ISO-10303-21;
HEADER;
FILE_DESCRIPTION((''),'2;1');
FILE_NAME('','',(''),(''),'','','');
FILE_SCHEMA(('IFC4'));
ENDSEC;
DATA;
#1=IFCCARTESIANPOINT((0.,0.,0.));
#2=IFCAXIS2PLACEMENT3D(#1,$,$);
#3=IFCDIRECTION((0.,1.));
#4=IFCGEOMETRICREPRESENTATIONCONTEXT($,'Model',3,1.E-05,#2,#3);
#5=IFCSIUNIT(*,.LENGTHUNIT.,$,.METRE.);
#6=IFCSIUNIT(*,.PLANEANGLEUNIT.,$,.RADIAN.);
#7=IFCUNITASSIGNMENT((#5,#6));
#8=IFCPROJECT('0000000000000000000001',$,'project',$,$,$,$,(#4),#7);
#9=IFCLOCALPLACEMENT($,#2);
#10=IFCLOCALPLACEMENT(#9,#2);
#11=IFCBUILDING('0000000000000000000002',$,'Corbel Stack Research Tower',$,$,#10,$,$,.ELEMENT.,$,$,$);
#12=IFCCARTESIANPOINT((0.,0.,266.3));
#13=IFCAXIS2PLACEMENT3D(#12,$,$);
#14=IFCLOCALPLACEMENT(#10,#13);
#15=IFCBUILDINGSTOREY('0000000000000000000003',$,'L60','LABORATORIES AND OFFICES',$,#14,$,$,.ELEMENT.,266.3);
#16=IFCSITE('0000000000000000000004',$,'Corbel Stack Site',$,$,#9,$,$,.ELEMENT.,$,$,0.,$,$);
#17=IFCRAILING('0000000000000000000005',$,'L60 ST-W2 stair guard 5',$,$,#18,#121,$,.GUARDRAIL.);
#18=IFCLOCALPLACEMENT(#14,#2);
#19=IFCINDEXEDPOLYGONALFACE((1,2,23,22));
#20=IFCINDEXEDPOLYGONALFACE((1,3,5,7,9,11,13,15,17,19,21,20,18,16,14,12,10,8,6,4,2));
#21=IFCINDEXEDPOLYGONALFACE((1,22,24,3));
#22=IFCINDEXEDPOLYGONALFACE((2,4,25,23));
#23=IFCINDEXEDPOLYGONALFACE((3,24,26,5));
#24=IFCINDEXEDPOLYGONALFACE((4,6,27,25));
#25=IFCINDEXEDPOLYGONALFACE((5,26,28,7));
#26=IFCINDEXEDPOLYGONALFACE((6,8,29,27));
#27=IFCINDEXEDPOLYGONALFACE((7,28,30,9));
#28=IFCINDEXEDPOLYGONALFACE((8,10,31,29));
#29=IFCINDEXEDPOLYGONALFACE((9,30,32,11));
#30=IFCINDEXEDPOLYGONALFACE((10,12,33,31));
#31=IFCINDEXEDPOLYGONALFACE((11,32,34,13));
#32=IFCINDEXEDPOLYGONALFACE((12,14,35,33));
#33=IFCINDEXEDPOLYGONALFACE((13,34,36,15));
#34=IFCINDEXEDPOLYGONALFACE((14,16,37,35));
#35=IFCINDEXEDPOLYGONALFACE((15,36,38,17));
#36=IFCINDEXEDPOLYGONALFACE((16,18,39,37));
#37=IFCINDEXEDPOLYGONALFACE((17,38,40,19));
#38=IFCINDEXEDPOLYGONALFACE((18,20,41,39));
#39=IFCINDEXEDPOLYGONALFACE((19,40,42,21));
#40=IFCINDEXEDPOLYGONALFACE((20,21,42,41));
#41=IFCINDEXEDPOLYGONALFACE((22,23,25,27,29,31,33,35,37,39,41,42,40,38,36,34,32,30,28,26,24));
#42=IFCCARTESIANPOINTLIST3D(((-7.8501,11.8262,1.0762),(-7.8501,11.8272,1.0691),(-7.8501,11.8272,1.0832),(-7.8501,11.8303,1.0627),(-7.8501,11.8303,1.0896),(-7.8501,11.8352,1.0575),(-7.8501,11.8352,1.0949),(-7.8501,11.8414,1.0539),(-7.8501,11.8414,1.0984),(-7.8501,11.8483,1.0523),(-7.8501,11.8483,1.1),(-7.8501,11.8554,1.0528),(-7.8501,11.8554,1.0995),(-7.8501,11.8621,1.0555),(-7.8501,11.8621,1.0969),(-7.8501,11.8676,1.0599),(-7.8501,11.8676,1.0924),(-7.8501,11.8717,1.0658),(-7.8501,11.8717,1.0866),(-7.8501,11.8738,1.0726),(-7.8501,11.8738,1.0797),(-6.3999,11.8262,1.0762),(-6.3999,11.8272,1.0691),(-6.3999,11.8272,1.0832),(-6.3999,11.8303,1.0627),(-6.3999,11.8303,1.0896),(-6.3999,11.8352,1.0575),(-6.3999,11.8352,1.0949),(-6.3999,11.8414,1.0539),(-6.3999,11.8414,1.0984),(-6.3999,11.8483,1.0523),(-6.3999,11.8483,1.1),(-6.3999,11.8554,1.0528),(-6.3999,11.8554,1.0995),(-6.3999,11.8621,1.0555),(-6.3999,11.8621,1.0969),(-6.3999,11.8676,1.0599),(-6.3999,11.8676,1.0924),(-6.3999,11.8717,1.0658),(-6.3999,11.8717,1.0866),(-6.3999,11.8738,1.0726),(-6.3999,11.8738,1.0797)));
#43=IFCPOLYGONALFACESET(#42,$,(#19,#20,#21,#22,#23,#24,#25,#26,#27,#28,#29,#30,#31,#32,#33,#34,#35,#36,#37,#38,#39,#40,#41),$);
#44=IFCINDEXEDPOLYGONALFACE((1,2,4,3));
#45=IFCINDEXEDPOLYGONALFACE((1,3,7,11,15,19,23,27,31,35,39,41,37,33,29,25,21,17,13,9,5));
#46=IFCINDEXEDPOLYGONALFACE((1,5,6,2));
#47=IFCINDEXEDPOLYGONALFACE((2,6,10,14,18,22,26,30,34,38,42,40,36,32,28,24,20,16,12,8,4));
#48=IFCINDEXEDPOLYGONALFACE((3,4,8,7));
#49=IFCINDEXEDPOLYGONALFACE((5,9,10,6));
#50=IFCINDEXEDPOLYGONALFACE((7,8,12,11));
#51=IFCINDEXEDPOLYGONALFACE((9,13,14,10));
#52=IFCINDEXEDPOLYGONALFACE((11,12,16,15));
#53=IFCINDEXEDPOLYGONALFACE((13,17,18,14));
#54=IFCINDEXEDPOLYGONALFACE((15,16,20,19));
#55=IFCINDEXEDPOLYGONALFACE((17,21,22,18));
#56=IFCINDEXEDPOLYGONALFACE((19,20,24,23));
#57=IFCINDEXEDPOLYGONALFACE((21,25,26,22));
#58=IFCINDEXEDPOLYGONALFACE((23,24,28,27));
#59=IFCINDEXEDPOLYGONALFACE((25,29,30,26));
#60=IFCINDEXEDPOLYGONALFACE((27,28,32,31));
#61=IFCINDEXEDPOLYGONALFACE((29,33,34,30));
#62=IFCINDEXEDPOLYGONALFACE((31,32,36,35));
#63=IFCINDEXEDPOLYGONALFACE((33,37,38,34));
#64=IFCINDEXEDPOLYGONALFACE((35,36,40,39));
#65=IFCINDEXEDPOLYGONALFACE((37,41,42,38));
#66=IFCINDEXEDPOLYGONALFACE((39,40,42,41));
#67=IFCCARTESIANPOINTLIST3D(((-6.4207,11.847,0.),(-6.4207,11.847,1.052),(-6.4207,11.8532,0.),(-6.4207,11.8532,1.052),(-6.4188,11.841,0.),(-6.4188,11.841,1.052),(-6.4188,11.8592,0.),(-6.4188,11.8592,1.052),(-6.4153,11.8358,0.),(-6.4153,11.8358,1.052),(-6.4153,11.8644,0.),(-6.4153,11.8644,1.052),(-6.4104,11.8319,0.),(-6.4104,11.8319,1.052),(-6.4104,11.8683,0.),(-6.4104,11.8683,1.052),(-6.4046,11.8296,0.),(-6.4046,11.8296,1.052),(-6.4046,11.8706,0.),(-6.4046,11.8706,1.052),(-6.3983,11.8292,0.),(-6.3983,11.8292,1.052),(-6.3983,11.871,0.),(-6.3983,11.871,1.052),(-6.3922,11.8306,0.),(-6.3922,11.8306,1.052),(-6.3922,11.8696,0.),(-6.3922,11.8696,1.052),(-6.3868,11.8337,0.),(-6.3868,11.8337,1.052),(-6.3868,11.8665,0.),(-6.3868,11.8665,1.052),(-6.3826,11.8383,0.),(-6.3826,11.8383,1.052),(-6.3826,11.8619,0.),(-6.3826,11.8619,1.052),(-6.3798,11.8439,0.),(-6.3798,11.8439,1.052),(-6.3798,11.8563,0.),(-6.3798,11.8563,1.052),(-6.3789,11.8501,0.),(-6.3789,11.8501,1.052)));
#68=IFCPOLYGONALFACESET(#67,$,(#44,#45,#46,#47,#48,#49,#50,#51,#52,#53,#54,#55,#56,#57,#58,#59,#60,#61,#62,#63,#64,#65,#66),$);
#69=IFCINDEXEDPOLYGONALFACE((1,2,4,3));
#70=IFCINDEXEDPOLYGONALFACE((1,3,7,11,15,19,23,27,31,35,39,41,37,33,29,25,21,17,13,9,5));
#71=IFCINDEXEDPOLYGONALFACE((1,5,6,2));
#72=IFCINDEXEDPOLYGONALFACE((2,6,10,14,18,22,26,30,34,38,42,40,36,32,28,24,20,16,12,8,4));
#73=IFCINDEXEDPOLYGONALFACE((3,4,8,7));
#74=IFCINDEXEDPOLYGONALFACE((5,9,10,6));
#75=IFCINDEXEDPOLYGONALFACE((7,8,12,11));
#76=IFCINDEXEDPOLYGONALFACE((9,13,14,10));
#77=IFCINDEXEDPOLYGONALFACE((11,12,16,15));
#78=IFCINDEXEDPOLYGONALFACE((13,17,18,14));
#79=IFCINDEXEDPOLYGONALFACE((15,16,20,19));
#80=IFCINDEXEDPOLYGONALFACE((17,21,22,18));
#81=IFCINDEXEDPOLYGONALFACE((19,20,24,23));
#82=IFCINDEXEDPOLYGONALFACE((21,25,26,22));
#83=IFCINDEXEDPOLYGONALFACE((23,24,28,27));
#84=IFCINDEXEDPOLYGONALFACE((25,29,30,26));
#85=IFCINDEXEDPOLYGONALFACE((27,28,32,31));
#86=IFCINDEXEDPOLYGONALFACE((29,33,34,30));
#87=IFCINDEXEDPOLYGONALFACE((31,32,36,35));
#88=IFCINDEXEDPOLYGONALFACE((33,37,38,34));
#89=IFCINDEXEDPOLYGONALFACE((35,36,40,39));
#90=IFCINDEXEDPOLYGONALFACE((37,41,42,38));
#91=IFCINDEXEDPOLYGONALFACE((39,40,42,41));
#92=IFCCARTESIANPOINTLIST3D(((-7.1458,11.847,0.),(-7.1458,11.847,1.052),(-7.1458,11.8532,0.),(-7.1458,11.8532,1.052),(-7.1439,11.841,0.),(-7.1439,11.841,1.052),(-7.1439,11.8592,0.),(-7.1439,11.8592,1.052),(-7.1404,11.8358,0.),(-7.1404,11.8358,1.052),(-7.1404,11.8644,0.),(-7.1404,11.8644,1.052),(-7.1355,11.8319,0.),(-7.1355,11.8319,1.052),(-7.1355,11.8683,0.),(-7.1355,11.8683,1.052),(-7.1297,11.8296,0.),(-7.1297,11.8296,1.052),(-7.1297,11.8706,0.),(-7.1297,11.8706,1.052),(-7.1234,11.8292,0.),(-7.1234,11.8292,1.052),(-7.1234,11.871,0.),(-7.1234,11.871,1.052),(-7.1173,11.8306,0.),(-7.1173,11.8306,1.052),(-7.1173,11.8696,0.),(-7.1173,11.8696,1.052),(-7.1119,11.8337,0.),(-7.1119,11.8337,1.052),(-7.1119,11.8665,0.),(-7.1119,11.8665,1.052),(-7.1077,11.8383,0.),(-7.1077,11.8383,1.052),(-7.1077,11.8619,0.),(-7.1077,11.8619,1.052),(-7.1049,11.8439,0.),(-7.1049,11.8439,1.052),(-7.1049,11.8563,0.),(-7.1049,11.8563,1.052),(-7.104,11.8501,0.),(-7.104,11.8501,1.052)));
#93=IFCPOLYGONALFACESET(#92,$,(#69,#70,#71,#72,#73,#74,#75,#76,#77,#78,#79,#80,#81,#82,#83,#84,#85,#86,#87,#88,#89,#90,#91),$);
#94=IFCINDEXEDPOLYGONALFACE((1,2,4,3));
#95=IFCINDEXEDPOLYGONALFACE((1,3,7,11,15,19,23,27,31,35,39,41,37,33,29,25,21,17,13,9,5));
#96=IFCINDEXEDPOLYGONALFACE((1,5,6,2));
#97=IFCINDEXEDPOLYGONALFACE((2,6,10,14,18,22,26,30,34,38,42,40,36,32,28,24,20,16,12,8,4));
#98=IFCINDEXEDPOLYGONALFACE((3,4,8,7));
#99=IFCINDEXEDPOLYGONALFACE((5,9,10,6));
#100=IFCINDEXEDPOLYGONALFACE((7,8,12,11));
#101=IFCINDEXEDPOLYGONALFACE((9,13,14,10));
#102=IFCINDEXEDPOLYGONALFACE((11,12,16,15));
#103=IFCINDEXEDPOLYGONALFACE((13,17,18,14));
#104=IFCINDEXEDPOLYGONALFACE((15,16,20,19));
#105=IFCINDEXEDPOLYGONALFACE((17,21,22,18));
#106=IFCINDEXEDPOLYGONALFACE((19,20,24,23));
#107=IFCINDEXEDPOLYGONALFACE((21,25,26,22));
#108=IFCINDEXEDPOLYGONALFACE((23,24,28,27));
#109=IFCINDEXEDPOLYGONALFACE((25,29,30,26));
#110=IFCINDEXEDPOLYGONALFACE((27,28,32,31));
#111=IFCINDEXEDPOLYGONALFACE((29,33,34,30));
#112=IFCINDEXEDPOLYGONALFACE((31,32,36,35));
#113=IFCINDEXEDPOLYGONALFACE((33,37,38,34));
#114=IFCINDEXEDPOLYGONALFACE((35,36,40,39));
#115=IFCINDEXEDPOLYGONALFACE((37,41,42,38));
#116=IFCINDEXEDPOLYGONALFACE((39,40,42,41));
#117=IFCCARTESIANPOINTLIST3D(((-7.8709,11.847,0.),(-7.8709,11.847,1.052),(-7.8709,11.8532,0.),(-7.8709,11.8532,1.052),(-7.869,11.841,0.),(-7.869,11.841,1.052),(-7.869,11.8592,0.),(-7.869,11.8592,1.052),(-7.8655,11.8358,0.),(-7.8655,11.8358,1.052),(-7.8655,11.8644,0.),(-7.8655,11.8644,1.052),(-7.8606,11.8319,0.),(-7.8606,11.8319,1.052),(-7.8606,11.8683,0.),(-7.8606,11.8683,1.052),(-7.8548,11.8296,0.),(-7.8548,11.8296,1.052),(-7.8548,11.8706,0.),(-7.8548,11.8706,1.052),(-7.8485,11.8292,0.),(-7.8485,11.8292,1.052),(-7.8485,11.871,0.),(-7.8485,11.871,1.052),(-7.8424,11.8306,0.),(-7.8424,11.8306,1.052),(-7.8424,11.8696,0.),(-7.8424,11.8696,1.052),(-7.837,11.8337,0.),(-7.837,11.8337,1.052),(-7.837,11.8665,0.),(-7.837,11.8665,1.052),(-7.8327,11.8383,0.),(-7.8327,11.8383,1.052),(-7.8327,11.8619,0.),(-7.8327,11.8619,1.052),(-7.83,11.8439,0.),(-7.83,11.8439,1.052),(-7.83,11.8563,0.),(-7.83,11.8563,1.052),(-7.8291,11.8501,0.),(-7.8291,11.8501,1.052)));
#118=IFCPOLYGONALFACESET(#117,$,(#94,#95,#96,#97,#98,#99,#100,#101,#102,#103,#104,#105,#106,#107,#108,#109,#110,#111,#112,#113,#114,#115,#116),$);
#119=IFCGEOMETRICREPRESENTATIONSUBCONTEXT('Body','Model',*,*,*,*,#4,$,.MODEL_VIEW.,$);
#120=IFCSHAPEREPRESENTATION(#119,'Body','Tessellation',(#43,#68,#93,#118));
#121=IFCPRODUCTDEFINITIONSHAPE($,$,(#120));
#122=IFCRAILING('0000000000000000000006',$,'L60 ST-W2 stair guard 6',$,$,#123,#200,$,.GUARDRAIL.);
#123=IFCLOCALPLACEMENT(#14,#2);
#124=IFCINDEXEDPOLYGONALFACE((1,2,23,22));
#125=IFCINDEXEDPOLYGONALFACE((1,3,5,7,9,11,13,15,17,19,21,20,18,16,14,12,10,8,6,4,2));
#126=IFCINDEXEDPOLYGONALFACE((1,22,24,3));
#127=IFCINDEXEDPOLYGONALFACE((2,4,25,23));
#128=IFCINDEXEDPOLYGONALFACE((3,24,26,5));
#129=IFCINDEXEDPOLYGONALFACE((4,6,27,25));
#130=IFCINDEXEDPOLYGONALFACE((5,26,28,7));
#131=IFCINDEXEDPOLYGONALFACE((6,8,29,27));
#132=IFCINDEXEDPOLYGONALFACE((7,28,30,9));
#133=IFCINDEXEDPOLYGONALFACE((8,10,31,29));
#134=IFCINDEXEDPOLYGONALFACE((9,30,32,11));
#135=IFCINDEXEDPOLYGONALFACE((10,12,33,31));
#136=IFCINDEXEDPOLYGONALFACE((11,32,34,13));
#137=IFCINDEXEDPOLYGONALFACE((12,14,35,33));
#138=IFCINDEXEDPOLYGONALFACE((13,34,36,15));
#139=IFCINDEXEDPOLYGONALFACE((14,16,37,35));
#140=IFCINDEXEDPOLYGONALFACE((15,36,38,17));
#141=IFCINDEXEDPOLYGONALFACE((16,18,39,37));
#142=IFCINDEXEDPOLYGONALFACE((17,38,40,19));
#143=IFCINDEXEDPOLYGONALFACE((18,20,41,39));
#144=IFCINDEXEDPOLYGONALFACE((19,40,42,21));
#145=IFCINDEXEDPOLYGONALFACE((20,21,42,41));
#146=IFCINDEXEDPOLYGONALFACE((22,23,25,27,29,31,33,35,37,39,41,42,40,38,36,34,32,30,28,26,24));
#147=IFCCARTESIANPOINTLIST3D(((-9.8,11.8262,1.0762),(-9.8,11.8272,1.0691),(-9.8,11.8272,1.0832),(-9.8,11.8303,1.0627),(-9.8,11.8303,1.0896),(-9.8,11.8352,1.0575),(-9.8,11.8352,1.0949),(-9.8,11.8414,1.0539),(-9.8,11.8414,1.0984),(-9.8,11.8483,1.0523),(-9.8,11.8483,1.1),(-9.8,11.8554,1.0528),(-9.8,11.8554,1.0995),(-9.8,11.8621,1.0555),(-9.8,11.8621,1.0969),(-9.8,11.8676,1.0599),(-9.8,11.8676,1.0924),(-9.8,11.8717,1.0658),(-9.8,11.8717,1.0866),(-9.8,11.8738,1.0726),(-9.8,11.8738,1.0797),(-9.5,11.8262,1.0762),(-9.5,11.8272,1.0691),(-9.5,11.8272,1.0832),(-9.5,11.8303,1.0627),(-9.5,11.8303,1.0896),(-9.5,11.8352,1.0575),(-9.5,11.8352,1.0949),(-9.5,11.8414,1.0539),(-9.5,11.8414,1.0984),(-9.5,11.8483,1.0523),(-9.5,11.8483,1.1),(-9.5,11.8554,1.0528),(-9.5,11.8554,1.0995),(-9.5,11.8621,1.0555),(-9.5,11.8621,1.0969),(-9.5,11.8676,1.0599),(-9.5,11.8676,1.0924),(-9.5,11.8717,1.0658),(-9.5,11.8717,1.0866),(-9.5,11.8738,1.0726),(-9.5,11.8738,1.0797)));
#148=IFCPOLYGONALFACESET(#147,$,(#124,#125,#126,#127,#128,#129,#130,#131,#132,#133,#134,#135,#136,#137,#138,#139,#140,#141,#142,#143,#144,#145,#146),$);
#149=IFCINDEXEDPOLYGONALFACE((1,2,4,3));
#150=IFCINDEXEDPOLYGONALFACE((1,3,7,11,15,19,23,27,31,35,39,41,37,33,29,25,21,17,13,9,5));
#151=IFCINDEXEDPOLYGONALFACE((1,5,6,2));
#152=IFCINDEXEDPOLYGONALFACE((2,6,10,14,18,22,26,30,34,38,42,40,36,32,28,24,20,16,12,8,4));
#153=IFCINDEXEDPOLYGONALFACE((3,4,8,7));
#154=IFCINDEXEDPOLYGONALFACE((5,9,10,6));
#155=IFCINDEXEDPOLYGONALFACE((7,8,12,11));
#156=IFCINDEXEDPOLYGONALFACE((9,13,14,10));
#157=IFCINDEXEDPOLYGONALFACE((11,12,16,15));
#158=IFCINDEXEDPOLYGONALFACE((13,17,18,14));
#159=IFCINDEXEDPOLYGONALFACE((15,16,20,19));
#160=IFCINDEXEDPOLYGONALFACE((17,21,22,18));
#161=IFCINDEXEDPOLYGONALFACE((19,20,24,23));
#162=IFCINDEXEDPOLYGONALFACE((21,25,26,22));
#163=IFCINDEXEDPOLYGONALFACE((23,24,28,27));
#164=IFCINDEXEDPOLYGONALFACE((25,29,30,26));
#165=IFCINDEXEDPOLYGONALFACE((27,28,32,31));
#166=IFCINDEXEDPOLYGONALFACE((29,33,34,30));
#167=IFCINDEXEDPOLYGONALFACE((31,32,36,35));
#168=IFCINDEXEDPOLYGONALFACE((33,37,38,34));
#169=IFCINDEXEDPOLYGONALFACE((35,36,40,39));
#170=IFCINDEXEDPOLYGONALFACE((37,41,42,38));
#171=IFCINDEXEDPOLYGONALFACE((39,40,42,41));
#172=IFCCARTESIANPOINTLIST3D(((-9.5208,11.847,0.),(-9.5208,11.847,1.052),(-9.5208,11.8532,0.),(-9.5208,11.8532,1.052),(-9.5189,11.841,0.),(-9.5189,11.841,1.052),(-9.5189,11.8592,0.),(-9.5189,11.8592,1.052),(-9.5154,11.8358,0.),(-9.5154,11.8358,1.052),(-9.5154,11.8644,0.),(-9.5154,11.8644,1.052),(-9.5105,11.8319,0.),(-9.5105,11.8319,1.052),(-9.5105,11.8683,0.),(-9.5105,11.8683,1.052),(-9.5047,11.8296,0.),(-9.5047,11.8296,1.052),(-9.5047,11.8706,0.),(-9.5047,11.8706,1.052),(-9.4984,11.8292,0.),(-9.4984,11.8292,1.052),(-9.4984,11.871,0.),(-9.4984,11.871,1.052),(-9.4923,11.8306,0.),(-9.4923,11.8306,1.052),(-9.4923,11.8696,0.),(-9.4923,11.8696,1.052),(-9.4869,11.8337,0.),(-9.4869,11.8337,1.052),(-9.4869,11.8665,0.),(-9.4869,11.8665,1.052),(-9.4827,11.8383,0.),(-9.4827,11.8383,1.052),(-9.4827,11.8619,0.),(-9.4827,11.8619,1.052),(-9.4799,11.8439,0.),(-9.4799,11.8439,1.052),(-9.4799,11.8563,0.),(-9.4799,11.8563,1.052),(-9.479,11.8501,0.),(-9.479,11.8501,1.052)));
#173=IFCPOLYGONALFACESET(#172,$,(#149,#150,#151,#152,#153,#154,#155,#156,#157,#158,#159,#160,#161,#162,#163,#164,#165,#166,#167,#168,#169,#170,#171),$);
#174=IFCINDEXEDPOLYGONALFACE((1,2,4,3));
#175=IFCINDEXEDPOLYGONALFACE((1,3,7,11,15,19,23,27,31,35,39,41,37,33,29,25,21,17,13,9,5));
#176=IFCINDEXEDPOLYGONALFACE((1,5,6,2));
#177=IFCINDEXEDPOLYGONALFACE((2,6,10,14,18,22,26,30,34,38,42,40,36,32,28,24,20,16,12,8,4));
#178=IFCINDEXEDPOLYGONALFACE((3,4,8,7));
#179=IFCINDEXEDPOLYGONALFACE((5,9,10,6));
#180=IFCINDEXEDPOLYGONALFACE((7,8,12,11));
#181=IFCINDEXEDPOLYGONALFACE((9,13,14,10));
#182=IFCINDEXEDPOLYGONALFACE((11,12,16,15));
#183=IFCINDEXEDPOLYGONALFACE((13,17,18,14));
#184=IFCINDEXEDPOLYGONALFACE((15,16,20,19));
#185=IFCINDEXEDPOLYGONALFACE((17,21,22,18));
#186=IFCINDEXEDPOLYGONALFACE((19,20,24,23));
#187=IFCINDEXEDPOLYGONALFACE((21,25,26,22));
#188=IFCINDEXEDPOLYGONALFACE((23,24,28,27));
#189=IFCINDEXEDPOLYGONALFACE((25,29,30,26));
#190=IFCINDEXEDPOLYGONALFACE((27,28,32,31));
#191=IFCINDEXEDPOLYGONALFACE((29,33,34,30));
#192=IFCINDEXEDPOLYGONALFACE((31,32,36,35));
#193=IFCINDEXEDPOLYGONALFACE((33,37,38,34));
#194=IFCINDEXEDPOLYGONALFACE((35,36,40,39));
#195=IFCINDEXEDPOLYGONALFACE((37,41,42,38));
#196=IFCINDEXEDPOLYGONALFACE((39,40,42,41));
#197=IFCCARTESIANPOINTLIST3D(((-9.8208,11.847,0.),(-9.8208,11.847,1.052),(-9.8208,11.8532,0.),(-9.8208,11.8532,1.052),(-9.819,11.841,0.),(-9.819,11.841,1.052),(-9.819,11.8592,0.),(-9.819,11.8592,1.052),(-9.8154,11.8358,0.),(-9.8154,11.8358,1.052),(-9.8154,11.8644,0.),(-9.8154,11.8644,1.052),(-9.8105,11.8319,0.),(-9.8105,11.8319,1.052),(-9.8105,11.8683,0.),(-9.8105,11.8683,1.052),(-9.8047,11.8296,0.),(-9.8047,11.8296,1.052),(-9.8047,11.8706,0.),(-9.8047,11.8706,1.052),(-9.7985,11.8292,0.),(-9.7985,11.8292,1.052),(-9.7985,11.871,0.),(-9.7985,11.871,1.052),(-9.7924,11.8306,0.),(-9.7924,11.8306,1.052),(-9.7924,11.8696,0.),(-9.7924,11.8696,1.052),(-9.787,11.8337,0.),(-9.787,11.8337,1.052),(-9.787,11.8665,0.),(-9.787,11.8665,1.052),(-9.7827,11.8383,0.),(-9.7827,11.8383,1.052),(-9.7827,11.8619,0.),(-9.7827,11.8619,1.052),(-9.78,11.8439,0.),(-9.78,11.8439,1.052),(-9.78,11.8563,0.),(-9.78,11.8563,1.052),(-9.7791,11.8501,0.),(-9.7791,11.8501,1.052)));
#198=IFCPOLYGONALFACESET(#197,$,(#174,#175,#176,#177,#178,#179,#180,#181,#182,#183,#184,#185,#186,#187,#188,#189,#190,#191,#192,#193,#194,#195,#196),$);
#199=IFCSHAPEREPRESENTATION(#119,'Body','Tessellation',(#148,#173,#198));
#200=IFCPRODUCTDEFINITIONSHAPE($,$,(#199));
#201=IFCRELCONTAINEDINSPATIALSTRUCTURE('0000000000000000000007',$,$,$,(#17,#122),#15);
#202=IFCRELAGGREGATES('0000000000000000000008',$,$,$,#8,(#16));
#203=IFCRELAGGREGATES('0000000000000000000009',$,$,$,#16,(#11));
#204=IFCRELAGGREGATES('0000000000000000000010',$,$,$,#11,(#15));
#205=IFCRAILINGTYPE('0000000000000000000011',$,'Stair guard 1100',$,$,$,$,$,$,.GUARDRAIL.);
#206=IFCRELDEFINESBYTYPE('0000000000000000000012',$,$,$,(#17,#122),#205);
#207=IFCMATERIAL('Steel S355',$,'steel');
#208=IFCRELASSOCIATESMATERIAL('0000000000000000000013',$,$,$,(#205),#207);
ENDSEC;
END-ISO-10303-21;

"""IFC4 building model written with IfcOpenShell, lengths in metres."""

from ifc_helpers import new_model, si_unit, direction, frame, origin, origin_2d, place, context, subcontext, project, spatial, circle, extrude, material, type_object, element, save


model = new_model("IFC4")

# Units and contexts
model_context = context("Model", 3, precision=1e-05, world=origin(), true_north=direction((0.0, 1.0)))
body_context = subcontext(model_context, "Body", "Model", "MODEL_VIEW")
ifc_project = project(units=[si_unit("LENGTHUNIT", "METRE"), si_unit("PLANEANGLEUNIT", "RADIAN")], contexts=[model_context])

# Site, building, storey
site_placement = place(None, origin())
site = spatial("IfcSite", under=ifc_project, at=site_placement, Name="Corbel Stack Site", CompositionType="ELEMENT", RefElevation=0.0)
building_placement = place(site_placement, origin())
building = spatial("IfcBuilding", under=site, at=building_placement, Name="Corbel Stack Research Tower", CompositionType="ELEMENT")
storey_placement = place(building_placement, frame((0.0, 0.0, 266.3)))
storey = spatial("IfcBuildingStorey", under=building, at=storey_placement, Name="L60", Description="LABORATORIES AND OFFICES", CompositionType="ELEMENT", Elevation=266.3)

# Railings
ifc_material_1 = material(Name="Steel S355", Category="steel")
railing_type_1 = type_object("IfcRailingType", Name="Stair guard 1100", PredefinedType="GUARDRAIL", material=ifc_material_1)
railing_1_placement = place(storey_placement, frame((-6.3999, 11.8501, 0.0)))
element("IfcRailing", 1, at=railing_1_placement, inside=storey, type_object=railing_type_1, Name="L60 ST-W2 stair guard 5", PredefinedType="GUARDRAIL", context=body_context, shape_type="SweptSolid", body=[
    extrude(circle(Radius=0.0239, at=origin_2d()), frame((0.0, 0.0, 1.0762), z_axis=(-1.0, 0.0, 0.0), x_axis=(0.0, -1.0, 0.0)), (0.0, 0.0, 1.0), 1.4502),
    extrude(circle(Radius=0.021, at=origin_2d()), origin(), (0.0, 0.0, 1.0), 1.052),
    extrude(circle(Radius=0.021, at=origin_2d()), frame((-0.7251, 0.0, 0.0)), (0.0, 0.0, 1.0), 1.052),
    extrude(circle(Radius=0.021, at=origin_2d()), frame((-1.4502, 0.0, 0.0)), (0.0, 0.0, 1.0), 1.052),
])
railing_2_placement = place(storey_placement, frame((-9.5, 11.8501, 0.0)))
element("IfcRailing", 2, at=railing_2_placement, inside=storey, type_object=railing_type_1, Name="L60 ST-W2 stair guard 6", PredefinedType="GUARDRAIL", context=body_context, shape_type="SweptSolid", body=[
    extrude(circle(Radius=0.0239, at=origin_2d()), frame((0.0, 0.0, 1.0762), z_axis=(-1.0, 0.0, 0.0), x_axis=(0.0, -1.0, 0.0)), (0.0, 0.0, 1.0), 0.3),
    extrude(circle(Radius=0.021, at=origin_2d()), origin(), (0.0, 0.0, 1.0), 1.052),
    extrude(circle(Radius=0.021, at=origin_2d()), frame((-0.3, 0.0, 0.0)), (0.0, 0.0, 1.0), 1.052),
])

save(model, "model.ifc")
